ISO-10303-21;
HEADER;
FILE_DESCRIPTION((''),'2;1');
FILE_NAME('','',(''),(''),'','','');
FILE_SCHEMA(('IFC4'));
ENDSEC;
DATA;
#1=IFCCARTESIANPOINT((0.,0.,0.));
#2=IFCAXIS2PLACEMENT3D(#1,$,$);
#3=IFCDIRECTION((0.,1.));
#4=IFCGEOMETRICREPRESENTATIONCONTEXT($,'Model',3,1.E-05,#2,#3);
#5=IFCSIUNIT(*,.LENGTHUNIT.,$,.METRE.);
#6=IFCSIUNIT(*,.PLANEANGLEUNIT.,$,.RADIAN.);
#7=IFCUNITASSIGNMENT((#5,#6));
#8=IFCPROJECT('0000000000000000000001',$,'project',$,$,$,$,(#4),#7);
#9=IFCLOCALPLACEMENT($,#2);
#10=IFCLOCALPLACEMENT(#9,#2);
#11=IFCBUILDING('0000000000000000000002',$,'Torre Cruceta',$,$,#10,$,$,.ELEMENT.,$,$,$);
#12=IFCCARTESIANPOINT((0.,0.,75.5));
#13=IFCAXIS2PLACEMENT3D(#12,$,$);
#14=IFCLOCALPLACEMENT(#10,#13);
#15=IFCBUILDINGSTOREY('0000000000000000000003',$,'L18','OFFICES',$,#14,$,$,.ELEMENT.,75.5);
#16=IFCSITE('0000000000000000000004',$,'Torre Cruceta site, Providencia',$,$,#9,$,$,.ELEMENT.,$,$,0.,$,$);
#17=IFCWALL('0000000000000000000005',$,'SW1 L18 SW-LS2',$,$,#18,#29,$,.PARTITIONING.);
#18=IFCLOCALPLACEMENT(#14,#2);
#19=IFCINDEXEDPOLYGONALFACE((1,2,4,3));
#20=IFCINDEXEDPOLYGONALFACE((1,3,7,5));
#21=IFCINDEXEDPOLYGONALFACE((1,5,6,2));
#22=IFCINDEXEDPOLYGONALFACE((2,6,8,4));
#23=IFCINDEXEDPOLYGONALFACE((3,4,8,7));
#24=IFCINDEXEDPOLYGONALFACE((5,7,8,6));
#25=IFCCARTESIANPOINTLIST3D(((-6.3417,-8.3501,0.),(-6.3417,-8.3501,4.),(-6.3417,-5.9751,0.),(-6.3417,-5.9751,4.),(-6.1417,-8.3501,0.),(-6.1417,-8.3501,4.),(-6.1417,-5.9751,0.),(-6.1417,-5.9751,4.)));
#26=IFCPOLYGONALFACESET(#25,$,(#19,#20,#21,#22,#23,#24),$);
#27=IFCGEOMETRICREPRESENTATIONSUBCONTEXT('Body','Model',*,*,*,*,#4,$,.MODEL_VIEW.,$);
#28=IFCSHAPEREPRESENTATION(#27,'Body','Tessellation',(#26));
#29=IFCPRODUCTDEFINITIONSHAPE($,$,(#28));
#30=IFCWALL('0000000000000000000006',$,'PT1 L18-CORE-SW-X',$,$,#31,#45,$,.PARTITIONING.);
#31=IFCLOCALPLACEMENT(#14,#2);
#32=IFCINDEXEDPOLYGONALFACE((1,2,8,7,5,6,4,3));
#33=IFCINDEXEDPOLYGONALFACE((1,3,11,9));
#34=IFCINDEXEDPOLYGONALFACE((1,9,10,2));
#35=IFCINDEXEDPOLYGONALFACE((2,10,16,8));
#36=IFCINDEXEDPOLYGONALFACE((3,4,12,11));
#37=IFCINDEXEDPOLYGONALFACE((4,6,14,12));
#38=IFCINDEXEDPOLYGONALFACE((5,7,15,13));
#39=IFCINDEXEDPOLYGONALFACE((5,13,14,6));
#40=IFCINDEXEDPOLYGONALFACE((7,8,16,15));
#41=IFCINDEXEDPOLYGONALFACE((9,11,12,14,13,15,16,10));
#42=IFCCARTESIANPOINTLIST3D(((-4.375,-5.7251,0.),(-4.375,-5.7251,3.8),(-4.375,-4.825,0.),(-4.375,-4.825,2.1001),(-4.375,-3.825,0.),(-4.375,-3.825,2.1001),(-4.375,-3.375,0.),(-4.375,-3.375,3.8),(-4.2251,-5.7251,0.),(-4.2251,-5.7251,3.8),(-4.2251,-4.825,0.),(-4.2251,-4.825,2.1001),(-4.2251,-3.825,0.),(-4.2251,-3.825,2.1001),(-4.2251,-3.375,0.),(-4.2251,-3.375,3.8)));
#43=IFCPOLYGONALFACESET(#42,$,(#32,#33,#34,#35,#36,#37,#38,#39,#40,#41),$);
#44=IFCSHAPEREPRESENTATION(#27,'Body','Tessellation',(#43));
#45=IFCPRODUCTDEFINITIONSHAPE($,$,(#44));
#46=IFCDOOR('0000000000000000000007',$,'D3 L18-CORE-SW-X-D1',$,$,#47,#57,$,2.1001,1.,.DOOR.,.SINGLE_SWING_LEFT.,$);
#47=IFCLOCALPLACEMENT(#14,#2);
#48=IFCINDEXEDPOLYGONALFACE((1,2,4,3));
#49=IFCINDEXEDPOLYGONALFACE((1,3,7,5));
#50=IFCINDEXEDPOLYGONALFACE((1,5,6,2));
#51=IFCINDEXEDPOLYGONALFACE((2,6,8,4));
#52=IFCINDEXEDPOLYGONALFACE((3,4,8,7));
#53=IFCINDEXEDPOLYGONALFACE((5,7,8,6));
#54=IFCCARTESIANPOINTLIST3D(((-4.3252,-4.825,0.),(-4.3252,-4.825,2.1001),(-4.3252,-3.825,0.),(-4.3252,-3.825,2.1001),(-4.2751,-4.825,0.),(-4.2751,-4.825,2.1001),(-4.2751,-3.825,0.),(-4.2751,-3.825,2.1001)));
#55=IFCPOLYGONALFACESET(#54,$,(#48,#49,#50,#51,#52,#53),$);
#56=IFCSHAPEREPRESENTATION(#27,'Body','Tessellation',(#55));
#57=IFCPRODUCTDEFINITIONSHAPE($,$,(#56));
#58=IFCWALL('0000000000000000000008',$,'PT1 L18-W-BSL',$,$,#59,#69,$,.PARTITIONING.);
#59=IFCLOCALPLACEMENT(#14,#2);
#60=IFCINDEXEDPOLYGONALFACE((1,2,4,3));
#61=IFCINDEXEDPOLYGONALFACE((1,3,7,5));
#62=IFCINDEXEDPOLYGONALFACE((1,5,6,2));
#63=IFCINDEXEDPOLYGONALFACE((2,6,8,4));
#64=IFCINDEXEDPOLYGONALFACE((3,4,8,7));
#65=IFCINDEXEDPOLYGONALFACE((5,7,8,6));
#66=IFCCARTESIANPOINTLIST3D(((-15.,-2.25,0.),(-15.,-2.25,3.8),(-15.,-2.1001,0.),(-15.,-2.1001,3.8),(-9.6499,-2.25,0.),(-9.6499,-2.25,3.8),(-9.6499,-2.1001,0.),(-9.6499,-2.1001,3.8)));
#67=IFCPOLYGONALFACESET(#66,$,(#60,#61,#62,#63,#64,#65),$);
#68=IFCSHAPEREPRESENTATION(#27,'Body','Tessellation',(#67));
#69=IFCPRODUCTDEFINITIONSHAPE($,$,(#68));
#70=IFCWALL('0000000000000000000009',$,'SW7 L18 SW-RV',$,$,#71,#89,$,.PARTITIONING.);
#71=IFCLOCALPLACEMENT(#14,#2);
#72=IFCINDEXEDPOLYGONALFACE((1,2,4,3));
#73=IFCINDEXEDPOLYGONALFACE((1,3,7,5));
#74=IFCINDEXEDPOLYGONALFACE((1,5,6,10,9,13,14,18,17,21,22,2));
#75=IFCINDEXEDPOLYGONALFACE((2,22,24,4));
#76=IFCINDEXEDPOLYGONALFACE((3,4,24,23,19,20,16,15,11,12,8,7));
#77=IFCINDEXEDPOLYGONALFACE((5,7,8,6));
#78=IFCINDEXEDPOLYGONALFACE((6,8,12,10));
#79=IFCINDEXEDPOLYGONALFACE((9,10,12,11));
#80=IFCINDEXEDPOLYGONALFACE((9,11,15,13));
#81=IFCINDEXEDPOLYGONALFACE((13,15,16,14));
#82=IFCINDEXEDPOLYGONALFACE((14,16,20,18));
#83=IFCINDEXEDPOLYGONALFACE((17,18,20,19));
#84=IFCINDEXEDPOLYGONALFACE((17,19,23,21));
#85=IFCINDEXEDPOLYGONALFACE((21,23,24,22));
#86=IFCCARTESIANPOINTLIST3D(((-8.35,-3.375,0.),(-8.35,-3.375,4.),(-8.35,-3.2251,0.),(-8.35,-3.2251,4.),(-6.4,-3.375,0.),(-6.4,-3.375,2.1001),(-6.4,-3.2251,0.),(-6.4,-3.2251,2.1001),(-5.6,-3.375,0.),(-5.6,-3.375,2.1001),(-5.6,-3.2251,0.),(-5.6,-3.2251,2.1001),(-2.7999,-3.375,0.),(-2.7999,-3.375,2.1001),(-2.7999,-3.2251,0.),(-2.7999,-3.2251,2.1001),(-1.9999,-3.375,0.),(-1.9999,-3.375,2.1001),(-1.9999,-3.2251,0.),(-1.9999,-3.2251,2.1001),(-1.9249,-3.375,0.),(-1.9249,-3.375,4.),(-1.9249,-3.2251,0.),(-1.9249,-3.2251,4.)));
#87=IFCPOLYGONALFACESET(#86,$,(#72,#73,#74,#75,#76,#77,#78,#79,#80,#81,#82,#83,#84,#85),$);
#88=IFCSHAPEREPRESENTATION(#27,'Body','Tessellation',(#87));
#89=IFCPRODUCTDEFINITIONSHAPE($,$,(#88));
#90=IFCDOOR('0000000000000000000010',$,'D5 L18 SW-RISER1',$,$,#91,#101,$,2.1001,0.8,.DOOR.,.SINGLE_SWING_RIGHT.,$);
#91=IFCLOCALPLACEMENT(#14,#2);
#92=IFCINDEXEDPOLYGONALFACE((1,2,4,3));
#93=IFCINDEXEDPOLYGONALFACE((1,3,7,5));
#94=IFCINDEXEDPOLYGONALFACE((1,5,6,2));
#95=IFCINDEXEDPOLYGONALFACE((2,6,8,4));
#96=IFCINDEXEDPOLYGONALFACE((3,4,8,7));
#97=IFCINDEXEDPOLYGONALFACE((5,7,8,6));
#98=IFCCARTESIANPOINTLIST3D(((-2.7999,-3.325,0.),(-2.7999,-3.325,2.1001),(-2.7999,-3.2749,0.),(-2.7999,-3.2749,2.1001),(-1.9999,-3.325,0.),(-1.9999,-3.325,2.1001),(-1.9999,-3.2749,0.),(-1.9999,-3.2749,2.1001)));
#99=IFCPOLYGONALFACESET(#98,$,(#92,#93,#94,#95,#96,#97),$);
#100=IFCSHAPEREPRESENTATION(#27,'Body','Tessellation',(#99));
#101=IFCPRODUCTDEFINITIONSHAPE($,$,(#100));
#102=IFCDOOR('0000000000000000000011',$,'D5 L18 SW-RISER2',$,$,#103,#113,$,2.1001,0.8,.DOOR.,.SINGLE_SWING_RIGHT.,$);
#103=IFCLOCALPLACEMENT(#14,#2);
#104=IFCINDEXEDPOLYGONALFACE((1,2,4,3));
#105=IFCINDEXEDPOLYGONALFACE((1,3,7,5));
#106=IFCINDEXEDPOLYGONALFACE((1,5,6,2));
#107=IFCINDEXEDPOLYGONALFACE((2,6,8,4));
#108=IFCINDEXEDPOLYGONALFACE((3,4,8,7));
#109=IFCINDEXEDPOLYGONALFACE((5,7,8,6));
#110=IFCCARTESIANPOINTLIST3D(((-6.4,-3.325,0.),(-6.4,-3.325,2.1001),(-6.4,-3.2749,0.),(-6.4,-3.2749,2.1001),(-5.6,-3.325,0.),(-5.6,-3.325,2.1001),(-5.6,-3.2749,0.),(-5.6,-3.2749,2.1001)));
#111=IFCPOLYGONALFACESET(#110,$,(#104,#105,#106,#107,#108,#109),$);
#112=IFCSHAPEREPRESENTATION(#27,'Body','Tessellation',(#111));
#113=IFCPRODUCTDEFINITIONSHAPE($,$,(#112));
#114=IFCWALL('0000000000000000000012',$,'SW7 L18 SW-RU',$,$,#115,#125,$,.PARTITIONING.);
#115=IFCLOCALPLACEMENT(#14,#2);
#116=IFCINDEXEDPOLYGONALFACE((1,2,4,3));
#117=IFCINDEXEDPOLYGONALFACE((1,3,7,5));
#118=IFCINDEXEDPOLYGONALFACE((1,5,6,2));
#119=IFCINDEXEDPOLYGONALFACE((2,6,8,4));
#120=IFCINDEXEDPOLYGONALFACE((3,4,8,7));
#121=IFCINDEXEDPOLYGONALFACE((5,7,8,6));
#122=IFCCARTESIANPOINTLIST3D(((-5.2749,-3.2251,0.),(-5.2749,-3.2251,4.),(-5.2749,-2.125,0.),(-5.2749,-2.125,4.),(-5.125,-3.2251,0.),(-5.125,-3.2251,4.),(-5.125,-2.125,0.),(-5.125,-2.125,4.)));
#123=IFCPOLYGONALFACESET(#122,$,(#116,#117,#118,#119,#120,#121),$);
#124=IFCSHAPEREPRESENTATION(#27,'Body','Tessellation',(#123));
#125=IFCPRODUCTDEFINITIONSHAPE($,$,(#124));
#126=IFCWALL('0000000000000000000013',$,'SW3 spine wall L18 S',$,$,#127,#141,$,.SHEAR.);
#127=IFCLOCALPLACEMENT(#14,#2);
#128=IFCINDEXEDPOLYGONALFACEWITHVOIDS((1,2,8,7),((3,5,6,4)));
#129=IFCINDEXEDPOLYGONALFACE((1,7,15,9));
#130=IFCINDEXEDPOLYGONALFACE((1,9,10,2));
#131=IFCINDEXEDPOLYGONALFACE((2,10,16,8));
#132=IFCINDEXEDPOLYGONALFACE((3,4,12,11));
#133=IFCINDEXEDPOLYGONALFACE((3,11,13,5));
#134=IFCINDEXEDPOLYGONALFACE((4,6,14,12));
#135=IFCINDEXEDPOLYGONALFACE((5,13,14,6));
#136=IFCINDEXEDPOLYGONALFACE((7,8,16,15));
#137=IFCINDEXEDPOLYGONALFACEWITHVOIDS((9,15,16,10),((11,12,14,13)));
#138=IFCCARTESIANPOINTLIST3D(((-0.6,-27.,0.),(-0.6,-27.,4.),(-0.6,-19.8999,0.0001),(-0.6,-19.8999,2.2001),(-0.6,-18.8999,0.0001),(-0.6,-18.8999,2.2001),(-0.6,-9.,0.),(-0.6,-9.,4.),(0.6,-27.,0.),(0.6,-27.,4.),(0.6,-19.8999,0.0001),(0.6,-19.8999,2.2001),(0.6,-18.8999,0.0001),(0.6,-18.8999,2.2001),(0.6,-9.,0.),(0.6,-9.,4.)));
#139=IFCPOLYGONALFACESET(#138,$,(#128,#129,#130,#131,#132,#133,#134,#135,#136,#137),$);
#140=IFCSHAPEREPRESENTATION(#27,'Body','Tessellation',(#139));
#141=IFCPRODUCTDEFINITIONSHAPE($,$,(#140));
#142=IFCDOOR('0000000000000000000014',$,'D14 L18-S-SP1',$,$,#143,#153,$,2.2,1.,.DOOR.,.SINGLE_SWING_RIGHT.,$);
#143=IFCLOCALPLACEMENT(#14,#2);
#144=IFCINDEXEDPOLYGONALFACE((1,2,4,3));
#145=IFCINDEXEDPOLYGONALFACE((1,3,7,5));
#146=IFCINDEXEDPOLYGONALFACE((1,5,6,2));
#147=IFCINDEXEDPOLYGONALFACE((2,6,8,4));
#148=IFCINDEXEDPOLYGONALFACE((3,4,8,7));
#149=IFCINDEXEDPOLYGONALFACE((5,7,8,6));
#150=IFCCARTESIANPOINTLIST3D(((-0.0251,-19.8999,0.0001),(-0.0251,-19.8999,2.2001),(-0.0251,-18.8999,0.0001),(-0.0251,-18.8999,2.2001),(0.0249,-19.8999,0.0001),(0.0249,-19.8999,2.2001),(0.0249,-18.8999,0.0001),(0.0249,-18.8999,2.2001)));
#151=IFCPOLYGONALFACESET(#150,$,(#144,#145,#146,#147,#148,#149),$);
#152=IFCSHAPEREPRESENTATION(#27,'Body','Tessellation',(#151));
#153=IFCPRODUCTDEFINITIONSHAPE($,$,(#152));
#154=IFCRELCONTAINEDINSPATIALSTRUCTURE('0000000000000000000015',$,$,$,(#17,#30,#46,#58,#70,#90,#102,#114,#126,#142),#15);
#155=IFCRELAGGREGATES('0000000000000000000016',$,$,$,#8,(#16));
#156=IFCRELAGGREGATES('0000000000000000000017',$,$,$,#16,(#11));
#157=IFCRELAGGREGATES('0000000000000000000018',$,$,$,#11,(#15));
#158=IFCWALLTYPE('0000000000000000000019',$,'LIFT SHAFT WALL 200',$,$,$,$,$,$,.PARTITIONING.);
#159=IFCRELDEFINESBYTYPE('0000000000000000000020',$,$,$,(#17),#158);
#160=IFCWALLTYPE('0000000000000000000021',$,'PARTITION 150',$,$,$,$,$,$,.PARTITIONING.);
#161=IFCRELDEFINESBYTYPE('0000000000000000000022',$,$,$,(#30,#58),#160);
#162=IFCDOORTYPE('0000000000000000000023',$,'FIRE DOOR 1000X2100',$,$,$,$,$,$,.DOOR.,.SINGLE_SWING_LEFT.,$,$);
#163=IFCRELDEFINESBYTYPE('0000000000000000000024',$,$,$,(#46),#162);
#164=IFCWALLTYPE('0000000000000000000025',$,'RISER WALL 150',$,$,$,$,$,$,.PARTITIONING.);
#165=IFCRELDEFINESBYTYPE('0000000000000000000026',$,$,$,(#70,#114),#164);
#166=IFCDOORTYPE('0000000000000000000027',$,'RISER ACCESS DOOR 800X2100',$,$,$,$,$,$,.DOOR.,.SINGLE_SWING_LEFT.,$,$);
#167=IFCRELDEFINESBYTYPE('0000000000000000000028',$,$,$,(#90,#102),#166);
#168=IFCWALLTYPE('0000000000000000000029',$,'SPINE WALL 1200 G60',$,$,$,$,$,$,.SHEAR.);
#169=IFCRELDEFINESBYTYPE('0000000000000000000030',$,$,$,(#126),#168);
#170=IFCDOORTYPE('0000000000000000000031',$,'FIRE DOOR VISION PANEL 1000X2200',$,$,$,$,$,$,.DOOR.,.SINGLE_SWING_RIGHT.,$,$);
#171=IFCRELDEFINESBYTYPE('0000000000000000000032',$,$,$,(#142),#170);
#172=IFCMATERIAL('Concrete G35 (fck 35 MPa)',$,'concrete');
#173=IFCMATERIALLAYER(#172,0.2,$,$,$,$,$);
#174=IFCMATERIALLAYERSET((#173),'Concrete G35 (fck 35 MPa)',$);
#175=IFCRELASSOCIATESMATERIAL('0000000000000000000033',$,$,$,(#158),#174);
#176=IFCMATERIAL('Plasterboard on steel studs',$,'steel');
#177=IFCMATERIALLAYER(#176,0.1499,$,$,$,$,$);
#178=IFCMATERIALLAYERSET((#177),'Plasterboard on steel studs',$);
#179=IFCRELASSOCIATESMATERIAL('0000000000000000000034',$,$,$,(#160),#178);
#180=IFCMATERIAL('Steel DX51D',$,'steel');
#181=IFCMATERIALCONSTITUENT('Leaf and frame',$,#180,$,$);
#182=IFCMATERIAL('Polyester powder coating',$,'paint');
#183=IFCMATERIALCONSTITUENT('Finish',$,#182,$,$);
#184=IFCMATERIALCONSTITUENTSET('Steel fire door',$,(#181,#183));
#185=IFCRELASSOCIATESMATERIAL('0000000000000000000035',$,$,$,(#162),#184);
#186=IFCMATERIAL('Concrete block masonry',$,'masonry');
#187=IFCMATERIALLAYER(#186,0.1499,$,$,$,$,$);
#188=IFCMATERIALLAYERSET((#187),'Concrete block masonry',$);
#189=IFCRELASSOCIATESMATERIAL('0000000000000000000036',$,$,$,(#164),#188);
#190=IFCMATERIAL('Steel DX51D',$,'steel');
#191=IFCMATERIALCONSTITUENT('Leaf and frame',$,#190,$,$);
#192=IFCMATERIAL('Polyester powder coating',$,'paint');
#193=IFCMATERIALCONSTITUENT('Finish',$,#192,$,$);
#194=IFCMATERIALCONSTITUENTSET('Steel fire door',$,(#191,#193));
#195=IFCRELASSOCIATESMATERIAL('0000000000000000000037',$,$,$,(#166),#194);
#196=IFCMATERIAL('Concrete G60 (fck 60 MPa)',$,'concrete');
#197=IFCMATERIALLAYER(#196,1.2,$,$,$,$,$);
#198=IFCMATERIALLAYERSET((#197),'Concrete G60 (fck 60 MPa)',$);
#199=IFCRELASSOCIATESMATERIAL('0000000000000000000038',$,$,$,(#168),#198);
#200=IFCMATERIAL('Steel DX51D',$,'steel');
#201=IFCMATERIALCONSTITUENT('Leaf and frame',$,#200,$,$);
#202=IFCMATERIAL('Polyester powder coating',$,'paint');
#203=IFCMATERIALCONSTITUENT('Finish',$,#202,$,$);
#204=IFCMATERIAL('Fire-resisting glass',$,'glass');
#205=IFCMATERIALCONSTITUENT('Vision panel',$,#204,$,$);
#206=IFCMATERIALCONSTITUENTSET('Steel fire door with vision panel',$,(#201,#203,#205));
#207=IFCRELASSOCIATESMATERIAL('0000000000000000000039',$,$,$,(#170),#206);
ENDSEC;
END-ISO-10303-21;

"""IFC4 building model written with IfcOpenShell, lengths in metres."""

from ifc_helpers import new_model, si_unit, direction, frame, frame_2d, origin, place, context, subcontext, project, spatial, rectangle, extrude, material, layer, layer_set, constituent, constituent_set, type_object, element, fill, save


model = new_model("IFC4")

# Units and contexts
model_context = context("Model", 3, precision=1e-05, world=origin(), true_north=direction((0.0, 1.0)))
body_context = subcontext(model_context, "Body", "Model", "MODEL_VIEW")
ifc_project = project(units=[si_unit("LENGTHUNIT", "METRE"), si_unit("PLANEANGLEUNIT", "RADIAN")], contexts=[model_context])

# Site, building, storey
site_placement = place(None, origin())
site = spatial("IfcSite", under=ifc_project, at=site_placement, Name="Torre Cruceta site, Providencia", CompositionType="ELEMENT", RefElevation=0.0)
building_placement = place(site_placement, origin())
building = spatial("IfcBuilding", under=site, at=building_placement, Name="Torre Cruceta", CompositionType="ELEMENT")
storey_placement = place(building_placement, frame((0.0, 0.0, 75.5)))
storey = spatial("IfcBuildingStorey", under=building, at=storey_placement, Name="L18", Description="OFFICES", CompositionType="ELEMENT", Elevation=75.5)

# Wall
ifc_material_1 = material(Name="Concrete G35 (fck 35 MPa)", Category="concrete")
ifc_layer_1 = layer(ifc_material_1, 0.2)
ifc_layer_set_1 = layer_set([ifc_layer_1], Name="Concrete G35 (fck 35 MPa)")
wall_type_1 = type_object("IfcWallType", Name="LIFT SHAFT WALL 200", PredefinedType="PARTITIONING", material=ifc_layer_set_1)
for number, where, z_axis, x_axis, name in (
    (1, (-6.2417, -5.9751, 0.0), (0.0, 0.0, 1.0), (0.0, -1.0, 0.0), "SW1 L18 SW-LS2"),
):
    element("IfcWall", number, at=place(storey_placement, frame(where, z_axis=z_axis, x_axis=x_axis)), inside=storey, type_object=wall_type_1, Name=name, PredefinedType="PARTITIONING", context=body_context, shape_type="SweptSolid", body=[
        extrude(rectangle(XDim=2.375, YDim=0.2, at=frame_2d((1.1875, 0.0))), origin(), (0.0, 0.0, 1.0), 4.0),
    ])

# Wall, opening, door
ifc_material_2 = material(Name="Plasterboard on steel studs", Category="steel")
ifc_layer_2 = layer(ifc_material_2, 0.1499)
ifc_layer_set_2 = layer_set([ifc_layer_2], Name="Plasterboard on steel studs")
wall_type_2 = type_object("IfcWallType", Name="PARTITION 150", PredefinedType="PARTITIONING", material=ifc_layer_set_2)
wall_1_placement = place(storey_placement, frame((-4.3, -3.375, 0.0), z_axis=(0.0, 0.0, 1.0), x_axis=(0.0, -1.0, 0.0)))
wall_1 = element("IfcWall", 2, at=wall_1_placement, inside=storey, type_object=wall_type_2, Name="PT1 L18-CORE-SW-X", PredefinedType="PARTITIONING", context=body_context, shape_type="SweptSolid", body=[
    extrude(rectangle(XDim=2.3501, YDim=0.1499, at=frame_2d((1.175, 0.0))), origin(), (0.0, 0.0, 1.0), 3.8),
])
opening_1_placement = place(wall_1_placement, frame((0.45, 0.0, 0.0)))
opening_1 = element("IfcOpeningElement", 3, at=opening_1_placement, cuts=wall_1, PredefinedType="OPENING", context=body_context, shape_type="SweptSolid", body=[
    extrude(rectangle(XDim=1.0, YDim=2.1001, at=frame_2d((0.5, 1.05))), frame((0.0, 0.085, 0.0), z_axis=(0.0, -1.0, 0.0), x_axis=(1.0, 0.0, 0.0)), (0.0, 0.0, 1.0), 0.1699),
])
ifc_material_3 = material(Name="Steel DX51D", Category="steel")
ifc_constituent_1 = constituent(ifc_material_3, Name="Leaf and frame")
ifc_material_4 = material(Name="Polyester powder coating", Category="paint")
ifc_constituent_2 = constituent(ifc_material_4, Name="Finish")
ifc_constituent_set_1 = constituent_set(constituents=[ifc_constituent_1, ifc_constituent_2], Name="Steel fire door")
door_type_1 = type_object("IfcDoorType", Name="FIRE DOOR 1000X2100", OperationType="SINGLE_SWING_LEFT", PredefinedType="DOOR", material=ifc_constituent_set_1)
door_1_placement = place(opening_1_placement, origin())
door_1 = element("IfcDoor", 4, at=door_1_placement, inside=storey, type_object=door_type_1, Name="D3 L18-CORE-SW-X-D1", OperationType="SINGLE_SWING_LEFT", OverallHeight=2.1001, OverallWidth=1.0, PredefinedType="DOOR", context=body_context, shape_type="SweptSolid", body=[
    extrude(rectangle(XDim=1.0, YDim=2.1001, at=frame_2d((0.5, 1.05))), frame((0.0, 0.0249, 0.0), z_axis=(0.0, -1.0, 0.0), x_axis=(1.0, 0.0, 0.0)), (0.0, 0.0, 1.0), 0.05),
])
fill(opening_1, door_1)

# Wall
wall_2_placement = place(storey_placement, frame((-9.6499, -2.175, 0.0), z_axis=(0.0, 0.0, 1.0), x_axis=(-1.0, 0.0, 0.0)))
element("IfcWall", 5, at=wall_2_placement, inside=storey, type_object=wall_type_2, Name="PT1 L18-W-BSL", PredefinedType="PARTITIONING", context=body_context, shape_type="SweptSolid", body=[
    extrude(rectangle(XDim=5.3501, YDim=0.1499, at=frame_2d((2.675, 0.0))), origin(), (0.0, 0.0, 1.0), 3.8),
])

# Wall, openings, doors
ifc_material_5 = material(Name="Concrete block masonry", Category="masonry")
ifc_layer_3 = layer(ifc_material_5, 0.1499)
ifc_layer_set_3 = layer_set([ifc_layer_3], Name="Concrete block masonry")
wall_type_3 = type_object("IfcWallType", Name="RISER WALL 150", PredefinedType="PARTITIONING", material=ifc_layer_set_3)
wall_3_placement = place(storey_placement, frame((-1.925, -3.3, 0.0), z_axis=(0.0, 0.0, 1.0), x_axis=(-1.0, 0.0, 0.0)))
wall_3 = element("IfcWall", 6, at=wall_3_placement, inside=storey, type_object=wall_type_3, Name="SW7 L18 SW-RV", PredefinedType="PARTITIONING", context=body_context, shape_type="SweptSolid", body=[
    extrude(rectangle(XDim=6.425, YDim=0.1499, at=frame_2d((3.2124, 0.0))), origin(), (0.0, 0.0, 1.0), 4.0),
])
opening_2_placement = place(wall_3_placement, frame((0.075, 0.0, 0.0)))
opening_2 = element("IfcOpeningElement", 7, at=opening_2_placement, cuts=wall_3, PredefinedType="OPENING", context=body_context, shape_type="SweptSolid", body=[
    extrude(rectangle(XDim=0.8, YDim=2.1001, at=frame_2d((0.3999, 1.05))), frame((0.0, 0.085, 0.0), z_axis=(0.0, -1.0, 0.0), x_axis=(1.0, 0.0, 0.0)), (0.0, 0.0, 1.0), 0.1699),
])
opening_3_placement = place(wall_3_placement, frame((3.675, 0.0, 0.0)))
opening_3 = element("IfcOpeningElement", 8, at=opening_3_placement, cuts=wall_3, PredefinedType="OPENING", context=body_context, shape_type="SweptSolid", body=[
    extrude(rectangle(XDim=0.8, YDim=2.1001, at=frame_2d((0.3999, 1.05))), frame((0.0, 0.085, 0.0), z_axis=(0.0, -1.0, 0.0), x_axis=(1.0, 0.0, 0.0)), (0.0, 0.0, 1.0), 0.1699),
])
ifc_material_6 = material(Name="Steel DX51D", Category="steel")
ifc_constituent_3 = constituent(ifc_material_6, Name="Leaf and frame")
ifc_material_7 = material(Name="Polyester powder coating", Category="paint")
ifc_constituent_4 = constituent(ifc_material_7, Name="Finish")
ifc_constituent_set_2 = constituent_set(constituents=[ifc_constituent_3, ifc_constituent_4], Name="Steel fire door")
door_type_2 = type_object("IfcDoorType", Name="RISER ACCESS DOOR 800X2100", OperationType="SINGLE_SWING_LEFT", PredefinedType="DOOR", material=ifc_constituent_set_2)
door_2_placement = place(opening_2_placement, frame((0.8, 0.0, 0.0), z_axis=(0.0, 0.0, 1.0), x_axis=(-1.0, 0.0, 0.0)))
door_2 = element("IfcDoor", 9, at=door_2_placement, inside=storey, type_object=door_type_2, Name="D5 L18 SW-RISER1", OperationType="SINGLE_SWING_RIGHT", OverallHeight=2.1001, OverallWidth=0.8, PredefinedType="DOOR", context=body_context, shape_type="SweptSolid", body=[
    extrude(rectangle(XDim=0.8, YDim=2.1001, at=frame_2d((0.4001, 1.05))), frame((0.0, 0.0251, 0.0), z_axis=(0.0, -1.0, 0.0), x_axis=(1.0, 0.0, 0.0)), (0.0, 0.0, 1.0), 0.05),
])
fill(opening_2, door_2)
door_3_placement = place(opening_3_placement, frame((0.8, 0.0, 0.0), z_axis=(0.0, 0.0, 1.0), x_axis=(-1.0, 0.0, 0.0)))
door_3 = element("IfcDoor", 10, at=door_3_placement, inside=storey, type_object=door_type_2, Name="D5 L18 SW-RISER2", OperationType="SINGLE_SWING_RIGHT", OverallHeight=2.1001, OverallWidth=0.8, PredefinedType="DOOR", context=body_context, shape_type="SweptSolid", body=[
    extrude(rectangle(XDim=0.8, YDim=2.1001, at=frame_2d((0.4001, 1.05))), frame((0.0, 0.0251, 0.0), z_axis=(0.0, -1.0, 0.0), x_axis=(1.0, 0.0, 0.0)), (0.0, 0.0, 1.0), 0.05),
])
fill(opening_3, door_3)

# Wall
wall_4_placement = place(storey_placement, frame((-5.2, -2.125, 0.0), z_axis=(0.0, 0.0, 1.0), x_axis=(0.0, -1.0, 0.0)))
element("IfcWall", 11, at=wall_4_placement, inside=storey, type_object=wall_type_3, Name="SW7 L18 SW-RU", PredefinedType="PARTITIONING", context=body_context, shape_type="SweptSolid", body=[
    extrude(rectangle(XDim=1.1001, YDim=0.1499, at=frame_2d((0.55, 0.0))), origin(), (0.0, 0.0, 1.0), 4.0),
])

# Wall, opening, door
ifc_material_8 = material(Name="Concrete G60 (fck 60 MPa)", Category="concrete")
ifc_layer_4 = layer(ifc_material_8, 1.2)
ifc_layer_set_4 = layer_set([ifc_layer_4], Name="Concrete G60 (fck 60 MPa)")
wall_type_4 = type_object("IfcWallType", Name="SPINE WALL 1200 G60", PredefinedType="SHEAR", material=ifc_layer_set_4)
wall_5_placement = place(storey_placement, frame((0.0, -9.0, 0.0), z_axis=(0.0, 0.0, 1.0), x_axis=(0.0, -1.0, 0.0)))
wall_5 = element("IfcWall", 12, at=wall_5_placement, inside=storey, type_object=wall_type_4, Name="SW3 spine wall L18 S", PredefinedType="SHEAR", context=body_context, shape_type="SweptSolid", body=[
    extrude(rectangle(XDim=18.0, YDim=1.2, at=frame_2d((9.0, 0.0))), origin(), (0.0, 0.0, 1.0), 4.0),
])
opening_4_placement = place(wall_5_placement, frame((9.8999, 0.0, 0.0)))
opening_4 = element("IfcOpeningElement", 13, at=opening_4_placement, cuts=wall_5, PredefinedType="OPENING", context=body_context, shape_type="SweptSolid", body=[
    extrude(rectangle(XDim=1.0, YDim=2.2, at=frame_2d((0.5, 1.1001))), frame((0.0, 0.6099, 0.0), z_axis=(0.0, -1.0, 0.0), x_axis=(1.0, 0.0, 0.0)), (0.0, 0.0, 1.0), 1.22),
])
ifc_material_9 = material(Name="Steel DX51D", Category="steel")
ifc_constituent_5 = constituent(ifc_material_9, Name="Leaf and frame")
ifc_material_10 = material(Name="Polyester powder coating", Category="paint")
ifc_constituent_6 = constituent(ifc_material_10, Name="Finish")
ifc_material_11 = material(Name="Fire-resisting glass", Category="glass")
ifc_constituent_7 = constituent(ifc_material_11, Name="Vision panel")
ifc_constituent_set_3 = constituent_set(constituents=[ifc_constituent_5, ifc_constituent_6, ifc_constituent_7], Name="Steel fire door with vision panel")
door_type_3 = type_object("IfcDoorType", Name="FIRE DOOR VISION PANEL 1000X2200", OperationType="SINGLE_SWING_RIGHT", PredefinedType="DOOR", material=ifc_constituent_set_3)
door_4_placement = place(opening_4_placement, origin())
door_4 = element("IfcDoor", 14, at=door_4_placement, inside=storey, type_object=door_type_3, Name="D14 L18-S-SP1", OperationType="SINGLE_SWING_RIGHT", OverallHeight=2.2, OverallWidth=1.0, PredefinedType="DOOR", context=body_context, shape_type="SweptSolid", body=[
    extrude(rectangle(XDim=1.0, YDim=2.2, at=frame_2d((0.5, 1.1001))), frame((0.0, 0.0249, 0.0), z_axis=(0.0, -1.0, 0.0), x_axis=(1.0, 0.0, 0.0)), (0.0, 0.0, 1.0), 0.05),
])
fill(opening_4, door_4)

save(model, "model.ifc")
